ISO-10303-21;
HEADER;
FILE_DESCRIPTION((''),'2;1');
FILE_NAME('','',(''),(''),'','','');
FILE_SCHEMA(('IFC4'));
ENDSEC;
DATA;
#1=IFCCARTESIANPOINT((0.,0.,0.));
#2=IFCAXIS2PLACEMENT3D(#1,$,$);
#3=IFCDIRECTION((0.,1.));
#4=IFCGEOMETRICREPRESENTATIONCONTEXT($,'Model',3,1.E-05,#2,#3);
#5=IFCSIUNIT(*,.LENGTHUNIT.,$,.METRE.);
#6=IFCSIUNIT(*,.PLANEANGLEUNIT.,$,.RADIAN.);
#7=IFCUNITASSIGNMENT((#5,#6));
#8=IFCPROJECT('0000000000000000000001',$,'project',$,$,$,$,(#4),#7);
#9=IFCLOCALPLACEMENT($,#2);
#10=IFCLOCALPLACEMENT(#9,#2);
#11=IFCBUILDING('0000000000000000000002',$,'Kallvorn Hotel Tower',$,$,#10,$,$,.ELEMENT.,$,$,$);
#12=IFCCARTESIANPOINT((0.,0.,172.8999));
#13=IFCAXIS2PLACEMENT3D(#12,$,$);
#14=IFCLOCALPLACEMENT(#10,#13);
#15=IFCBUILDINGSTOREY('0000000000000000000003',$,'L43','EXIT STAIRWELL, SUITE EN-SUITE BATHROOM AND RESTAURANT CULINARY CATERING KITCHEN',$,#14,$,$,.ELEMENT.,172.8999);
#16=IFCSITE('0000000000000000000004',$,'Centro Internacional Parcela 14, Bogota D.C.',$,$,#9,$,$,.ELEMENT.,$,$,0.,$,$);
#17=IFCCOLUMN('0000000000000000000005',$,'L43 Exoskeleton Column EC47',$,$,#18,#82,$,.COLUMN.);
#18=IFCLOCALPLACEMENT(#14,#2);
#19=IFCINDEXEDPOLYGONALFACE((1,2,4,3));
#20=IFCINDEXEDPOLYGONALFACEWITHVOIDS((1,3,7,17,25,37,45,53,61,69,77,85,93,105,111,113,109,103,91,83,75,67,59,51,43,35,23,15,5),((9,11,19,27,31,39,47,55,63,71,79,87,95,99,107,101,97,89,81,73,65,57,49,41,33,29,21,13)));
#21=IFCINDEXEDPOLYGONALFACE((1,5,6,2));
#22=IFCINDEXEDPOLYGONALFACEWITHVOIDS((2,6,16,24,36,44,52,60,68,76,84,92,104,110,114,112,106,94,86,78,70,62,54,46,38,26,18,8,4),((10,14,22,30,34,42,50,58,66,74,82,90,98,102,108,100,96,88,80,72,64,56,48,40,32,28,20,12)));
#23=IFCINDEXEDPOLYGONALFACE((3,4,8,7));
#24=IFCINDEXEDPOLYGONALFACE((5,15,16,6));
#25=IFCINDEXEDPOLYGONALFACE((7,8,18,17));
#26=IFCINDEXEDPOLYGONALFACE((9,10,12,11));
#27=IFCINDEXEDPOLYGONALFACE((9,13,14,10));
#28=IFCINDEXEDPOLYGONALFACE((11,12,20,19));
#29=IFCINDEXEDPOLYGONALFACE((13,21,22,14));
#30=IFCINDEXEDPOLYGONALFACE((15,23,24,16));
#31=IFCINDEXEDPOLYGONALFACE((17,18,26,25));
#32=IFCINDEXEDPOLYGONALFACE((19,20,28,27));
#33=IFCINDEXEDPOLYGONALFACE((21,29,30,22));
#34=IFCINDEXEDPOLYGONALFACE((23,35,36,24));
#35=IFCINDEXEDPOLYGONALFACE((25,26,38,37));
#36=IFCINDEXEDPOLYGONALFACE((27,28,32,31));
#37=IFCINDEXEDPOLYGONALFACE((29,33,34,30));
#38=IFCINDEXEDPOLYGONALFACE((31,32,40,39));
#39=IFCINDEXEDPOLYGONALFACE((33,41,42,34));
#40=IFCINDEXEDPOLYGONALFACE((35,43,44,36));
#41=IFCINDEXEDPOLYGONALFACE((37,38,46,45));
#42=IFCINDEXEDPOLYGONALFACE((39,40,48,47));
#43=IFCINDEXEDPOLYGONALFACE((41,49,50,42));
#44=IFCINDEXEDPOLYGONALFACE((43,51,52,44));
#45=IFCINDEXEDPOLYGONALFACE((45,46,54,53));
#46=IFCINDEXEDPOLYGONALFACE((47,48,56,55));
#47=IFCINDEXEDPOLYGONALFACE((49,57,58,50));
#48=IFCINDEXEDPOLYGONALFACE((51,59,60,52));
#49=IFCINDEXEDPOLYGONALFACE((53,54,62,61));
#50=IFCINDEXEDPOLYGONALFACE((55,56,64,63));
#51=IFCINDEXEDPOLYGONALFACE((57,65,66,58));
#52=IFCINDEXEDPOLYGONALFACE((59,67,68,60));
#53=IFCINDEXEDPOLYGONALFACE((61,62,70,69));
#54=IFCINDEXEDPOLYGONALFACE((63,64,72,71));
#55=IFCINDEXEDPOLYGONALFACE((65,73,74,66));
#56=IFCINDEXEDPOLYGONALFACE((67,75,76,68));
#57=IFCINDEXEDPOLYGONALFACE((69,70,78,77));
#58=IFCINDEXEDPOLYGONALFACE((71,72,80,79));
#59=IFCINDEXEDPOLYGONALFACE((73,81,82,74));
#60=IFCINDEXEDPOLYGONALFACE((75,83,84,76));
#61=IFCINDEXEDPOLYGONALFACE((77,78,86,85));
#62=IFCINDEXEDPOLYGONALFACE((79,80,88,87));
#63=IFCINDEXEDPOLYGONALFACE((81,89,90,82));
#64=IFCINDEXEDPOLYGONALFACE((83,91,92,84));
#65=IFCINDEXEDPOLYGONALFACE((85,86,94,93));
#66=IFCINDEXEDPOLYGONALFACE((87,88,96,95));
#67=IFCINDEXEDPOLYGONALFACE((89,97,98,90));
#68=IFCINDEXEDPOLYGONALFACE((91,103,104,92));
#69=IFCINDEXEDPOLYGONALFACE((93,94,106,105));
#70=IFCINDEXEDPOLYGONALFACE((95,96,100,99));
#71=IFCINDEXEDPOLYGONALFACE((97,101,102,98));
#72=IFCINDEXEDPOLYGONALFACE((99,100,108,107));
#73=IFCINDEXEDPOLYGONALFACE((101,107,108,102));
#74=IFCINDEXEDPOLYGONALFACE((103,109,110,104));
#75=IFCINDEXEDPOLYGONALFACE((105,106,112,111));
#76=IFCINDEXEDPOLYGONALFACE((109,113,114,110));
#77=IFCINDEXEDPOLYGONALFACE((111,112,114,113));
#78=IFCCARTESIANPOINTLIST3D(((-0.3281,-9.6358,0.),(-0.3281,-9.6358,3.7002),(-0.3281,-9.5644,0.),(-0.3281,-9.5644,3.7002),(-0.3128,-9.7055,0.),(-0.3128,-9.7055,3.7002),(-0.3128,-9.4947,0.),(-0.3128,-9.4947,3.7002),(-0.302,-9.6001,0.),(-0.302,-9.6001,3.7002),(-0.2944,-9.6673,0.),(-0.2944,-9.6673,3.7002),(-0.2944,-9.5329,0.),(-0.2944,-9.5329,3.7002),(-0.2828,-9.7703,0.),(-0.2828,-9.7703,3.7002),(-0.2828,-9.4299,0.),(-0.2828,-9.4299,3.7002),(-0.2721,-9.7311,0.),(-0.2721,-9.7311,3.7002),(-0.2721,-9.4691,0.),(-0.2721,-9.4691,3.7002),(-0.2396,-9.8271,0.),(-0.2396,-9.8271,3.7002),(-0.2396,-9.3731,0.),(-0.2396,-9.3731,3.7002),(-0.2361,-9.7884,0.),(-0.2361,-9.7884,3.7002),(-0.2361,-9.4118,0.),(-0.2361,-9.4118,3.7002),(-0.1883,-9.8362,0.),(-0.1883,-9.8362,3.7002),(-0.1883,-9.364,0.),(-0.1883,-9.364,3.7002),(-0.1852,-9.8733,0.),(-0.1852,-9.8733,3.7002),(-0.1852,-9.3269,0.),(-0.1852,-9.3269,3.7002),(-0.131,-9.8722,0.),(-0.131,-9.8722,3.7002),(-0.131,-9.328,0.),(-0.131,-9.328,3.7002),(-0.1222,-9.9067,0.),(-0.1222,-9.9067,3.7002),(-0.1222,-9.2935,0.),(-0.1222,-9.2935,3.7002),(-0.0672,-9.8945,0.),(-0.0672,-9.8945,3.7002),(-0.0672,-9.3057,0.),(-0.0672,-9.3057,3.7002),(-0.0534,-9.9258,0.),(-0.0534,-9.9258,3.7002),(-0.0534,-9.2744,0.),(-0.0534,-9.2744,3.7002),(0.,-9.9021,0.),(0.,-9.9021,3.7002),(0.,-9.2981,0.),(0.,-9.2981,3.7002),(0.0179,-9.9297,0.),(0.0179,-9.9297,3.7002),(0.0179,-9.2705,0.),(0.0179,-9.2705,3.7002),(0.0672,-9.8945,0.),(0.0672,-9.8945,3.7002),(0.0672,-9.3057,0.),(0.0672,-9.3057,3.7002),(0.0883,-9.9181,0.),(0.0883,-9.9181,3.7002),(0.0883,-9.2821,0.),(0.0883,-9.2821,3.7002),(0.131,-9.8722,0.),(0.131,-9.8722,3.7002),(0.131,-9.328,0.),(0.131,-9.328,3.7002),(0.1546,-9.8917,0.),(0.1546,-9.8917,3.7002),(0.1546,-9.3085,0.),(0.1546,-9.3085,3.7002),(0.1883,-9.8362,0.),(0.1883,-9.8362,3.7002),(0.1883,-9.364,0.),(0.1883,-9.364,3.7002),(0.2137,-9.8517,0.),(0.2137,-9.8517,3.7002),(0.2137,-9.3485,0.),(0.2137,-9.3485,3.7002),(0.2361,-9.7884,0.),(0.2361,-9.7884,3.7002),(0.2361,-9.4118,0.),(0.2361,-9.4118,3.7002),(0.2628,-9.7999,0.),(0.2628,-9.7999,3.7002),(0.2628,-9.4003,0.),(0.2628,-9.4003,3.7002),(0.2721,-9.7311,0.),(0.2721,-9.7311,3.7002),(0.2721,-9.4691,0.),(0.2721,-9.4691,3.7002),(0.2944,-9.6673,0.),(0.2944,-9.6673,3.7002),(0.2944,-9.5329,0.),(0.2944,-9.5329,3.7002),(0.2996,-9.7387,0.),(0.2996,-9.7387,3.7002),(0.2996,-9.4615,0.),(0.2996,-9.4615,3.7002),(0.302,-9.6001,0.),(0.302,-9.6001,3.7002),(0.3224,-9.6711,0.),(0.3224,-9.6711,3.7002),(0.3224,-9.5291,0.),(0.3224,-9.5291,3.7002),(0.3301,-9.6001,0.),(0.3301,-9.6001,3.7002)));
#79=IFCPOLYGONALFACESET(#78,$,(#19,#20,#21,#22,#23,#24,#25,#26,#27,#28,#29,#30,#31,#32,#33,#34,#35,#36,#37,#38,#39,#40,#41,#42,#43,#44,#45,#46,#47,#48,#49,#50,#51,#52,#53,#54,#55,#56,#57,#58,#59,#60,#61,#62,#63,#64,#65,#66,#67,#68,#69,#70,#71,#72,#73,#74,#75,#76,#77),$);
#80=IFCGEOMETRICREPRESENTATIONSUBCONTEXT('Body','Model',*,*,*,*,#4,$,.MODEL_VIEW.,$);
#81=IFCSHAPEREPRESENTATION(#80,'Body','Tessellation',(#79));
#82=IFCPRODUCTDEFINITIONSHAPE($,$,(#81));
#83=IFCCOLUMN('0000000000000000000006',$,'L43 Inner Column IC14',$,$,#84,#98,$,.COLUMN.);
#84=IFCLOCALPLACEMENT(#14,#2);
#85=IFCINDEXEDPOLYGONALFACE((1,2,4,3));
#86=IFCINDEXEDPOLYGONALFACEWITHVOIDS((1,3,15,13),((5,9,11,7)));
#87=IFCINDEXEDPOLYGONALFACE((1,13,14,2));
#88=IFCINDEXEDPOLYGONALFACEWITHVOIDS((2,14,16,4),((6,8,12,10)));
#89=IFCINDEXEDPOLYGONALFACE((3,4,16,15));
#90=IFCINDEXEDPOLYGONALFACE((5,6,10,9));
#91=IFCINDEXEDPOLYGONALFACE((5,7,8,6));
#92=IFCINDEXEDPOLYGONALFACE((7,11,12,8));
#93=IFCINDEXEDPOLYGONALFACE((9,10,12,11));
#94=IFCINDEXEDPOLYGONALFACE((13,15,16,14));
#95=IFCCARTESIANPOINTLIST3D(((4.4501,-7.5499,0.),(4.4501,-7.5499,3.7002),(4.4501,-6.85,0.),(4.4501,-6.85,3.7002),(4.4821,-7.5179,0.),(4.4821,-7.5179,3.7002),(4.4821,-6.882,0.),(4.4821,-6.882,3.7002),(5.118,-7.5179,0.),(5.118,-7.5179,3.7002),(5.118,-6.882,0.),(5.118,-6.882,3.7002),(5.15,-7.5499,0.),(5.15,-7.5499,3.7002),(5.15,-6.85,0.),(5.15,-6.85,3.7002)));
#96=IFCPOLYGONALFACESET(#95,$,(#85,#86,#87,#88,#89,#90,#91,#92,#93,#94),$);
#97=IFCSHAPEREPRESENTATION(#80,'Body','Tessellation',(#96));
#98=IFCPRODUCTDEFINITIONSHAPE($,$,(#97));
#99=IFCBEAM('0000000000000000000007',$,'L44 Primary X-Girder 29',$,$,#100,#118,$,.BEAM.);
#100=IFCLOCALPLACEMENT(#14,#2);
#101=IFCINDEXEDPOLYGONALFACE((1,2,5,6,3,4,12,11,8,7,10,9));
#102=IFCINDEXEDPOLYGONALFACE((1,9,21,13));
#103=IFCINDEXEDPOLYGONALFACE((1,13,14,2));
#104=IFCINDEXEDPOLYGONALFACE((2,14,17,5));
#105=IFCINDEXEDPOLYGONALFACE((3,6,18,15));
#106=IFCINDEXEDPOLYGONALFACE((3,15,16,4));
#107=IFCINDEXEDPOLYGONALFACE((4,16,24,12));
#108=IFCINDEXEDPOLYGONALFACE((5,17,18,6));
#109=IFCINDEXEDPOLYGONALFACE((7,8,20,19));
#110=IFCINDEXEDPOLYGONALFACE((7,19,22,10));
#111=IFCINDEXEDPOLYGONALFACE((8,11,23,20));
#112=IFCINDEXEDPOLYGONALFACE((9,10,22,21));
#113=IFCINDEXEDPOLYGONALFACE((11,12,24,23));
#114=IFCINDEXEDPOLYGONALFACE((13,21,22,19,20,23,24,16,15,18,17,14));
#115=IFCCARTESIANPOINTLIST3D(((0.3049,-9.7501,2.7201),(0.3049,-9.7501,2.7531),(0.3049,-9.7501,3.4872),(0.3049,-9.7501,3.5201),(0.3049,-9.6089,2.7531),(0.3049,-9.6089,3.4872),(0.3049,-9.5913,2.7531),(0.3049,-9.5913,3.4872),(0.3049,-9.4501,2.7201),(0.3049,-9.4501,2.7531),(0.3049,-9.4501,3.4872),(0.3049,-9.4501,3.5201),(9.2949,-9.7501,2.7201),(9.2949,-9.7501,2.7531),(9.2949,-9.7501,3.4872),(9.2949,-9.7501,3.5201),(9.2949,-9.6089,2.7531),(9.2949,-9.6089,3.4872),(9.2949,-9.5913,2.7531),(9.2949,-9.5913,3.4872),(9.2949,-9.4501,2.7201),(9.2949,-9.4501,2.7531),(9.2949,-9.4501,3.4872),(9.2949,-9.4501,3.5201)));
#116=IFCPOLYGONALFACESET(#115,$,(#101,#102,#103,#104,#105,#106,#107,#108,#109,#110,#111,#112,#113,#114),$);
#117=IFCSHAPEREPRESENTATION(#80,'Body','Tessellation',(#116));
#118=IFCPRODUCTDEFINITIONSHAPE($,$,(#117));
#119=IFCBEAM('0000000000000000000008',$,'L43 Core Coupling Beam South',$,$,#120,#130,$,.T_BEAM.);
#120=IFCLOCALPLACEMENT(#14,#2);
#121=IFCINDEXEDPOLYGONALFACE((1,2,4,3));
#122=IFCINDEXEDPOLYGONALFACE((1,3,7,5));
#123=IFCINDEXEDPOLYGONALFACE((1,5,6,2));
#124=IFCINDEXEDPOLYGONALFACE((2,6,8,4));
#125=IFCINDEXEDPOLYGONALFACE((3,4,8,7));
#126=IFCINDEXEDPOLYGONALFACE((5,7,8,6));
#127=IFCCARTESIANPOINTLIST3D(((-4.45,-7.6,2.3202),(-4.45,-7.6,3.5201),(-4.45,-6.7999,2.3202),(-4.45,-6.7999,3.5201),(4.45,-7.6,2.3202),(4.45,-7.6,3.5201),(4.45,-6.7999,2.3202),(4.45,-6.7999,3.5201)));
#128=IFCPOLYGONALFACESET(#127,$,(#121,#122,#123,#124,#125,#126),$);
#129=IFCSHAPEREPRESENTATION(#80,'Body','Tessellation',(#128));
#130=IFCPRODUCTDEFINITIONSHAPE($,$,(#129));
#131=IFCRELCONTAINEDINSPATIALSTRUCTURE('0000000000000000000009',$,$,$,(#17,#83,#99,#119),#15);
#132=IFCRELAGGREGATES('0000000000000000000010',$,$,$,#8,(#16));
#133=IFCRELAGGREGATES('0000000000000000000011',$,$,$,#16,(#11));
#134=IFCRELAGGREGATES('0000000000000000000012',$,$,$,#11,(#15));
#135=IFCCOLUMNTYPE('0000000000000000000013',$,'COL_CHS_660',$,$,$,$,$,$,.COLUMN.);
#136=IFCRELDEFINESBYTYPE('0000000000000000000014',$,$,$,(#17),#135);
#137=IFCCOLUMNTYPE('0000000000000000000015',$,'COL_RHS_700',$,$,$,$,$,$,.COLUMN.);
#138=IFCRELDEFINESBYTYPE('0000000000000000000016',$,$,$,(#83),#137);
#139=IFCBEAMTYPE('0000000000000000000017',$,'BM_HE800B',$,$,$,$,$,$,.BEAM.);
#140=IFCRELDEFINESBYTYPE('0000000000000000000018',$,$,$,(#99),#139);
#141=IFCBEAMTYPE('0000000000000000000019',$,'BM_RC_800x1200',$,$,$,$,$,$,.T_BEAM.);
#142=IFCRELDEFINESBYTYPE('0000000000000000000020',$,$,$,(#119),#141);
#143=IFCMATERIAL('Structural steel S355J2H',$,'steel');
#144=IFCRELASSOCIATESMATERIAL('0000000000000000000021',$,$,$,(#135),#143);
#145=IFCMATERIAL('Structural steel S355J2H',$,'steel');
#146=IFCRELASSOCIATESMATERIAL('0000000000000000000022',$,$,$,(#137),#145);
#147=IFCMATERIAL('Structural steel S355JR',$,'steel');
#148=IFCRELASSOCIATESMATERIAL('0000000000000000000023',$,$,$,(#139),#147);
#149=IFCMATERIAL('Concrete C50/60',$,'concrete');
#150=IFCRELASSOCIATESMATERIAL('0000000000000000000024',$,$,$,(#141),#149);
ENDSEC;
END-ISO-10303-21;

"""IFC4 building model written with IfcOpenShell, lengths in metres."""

from ifc_helpers import new_model, si_unit, direction, frame, origin, origin_2d, place, context, subcontext, project, spatial, rectangle, hollow_rectangle, hollow_circle, i_section, extrude, material, material_profile, profile_set, type_object, element, save


model = new_model("IFC4")

# Units and contexts
model_context = context("Model", 3, precision=1e-05, world=origin(), true_north=direction((0.0, 1.0)))
body_context = subcontext(model_context, "Body", "Model", "MODEL_VIEW")
ifc_project = project(units=[si_unit("LENGTHUNIT", "METRE"), si_unit("PLANEANGLEUNIT", "RADIAN")], contexts=[model_context])

# Site, building, storey
site_placement = place(None, origin())
site = spatial("IfcSite", under=ifc_project, at=site_placement, Name="Centro Internacional Parcela 14, Bogota D.C.", CompositionType="ELEMENT", RefElevation=0.0)
building_placement = place(site_placement, origin())
building = spatial("IfcBuilding", under=site, at=building_placement, Name="Kallvorn Hotel Tower", CompositionType="ELEMENT")
storey_placement = place(building_placement, frame((0.0, 0.0, 172.8999)))
storey = spatial("IfcBuildingStorey", under=building, at=storey_placement, Name="L43", Description="EXIT STAIRWELL, SUITE EN-SUITE BATHROOM AND RESTAURANT CULINARY CATERING KITCHEN", CompositionType="ELEMENT", Elevation=172.8999)

# Columns
ifc_material_1 = material(Name="Structural steel S355J2H", Category="steel")
ifc_material_profile_1 = material_profile(ifc_material_1, hollow_circle(Radius=0.3301, WallThickness=0.0281, at=origin_2d()), Name="CHS 660x28")
ifc_profile_set_1 = profile_set([ifc_material_profile_1], Name="Structural steel S355J2H")
column_type_1 = type_object("IfcColumnType", Name="COL_CHS_660", PredefinedType="COLUMN", material=ifc_profile_set_1)
column_1_placement = place(storey_placement, frame((0.0, -9.6001, 0.0), z_axis=(0.0, 0.0, 1.0), x_axis=(1.0, 0.0, 0.0)))
element("IfcColumn", 1, at=column_1_placement, inside=storey, type_object=column_type_1, Name="L43 Exoskeleton Column EC47", PredefinedType="COLUMN", context=body_context, shape_type="SweptSolid", body=[
    extrude(hollow_circle(Radius=0.3301, WallThickness=0.0281, at=origin_2d()), origin(), (0.0, 0.0, 1.0), 3.7002),
])
ifc_material_2 = material(Name="Structural steel S355J2H", Category="steel")
ifc_material_profile_2 = material_profile(ifc_material_2, hollow_rectangle(XDim=0.7, YDim=0.7, WallThickness=0.032, at=origin_2d()), Name="RHS 700x700x32")
ifc_profile_set_2 = profile_set([ifc_material_profile_2], Name="Structural steel S355J2H")
column_type_2 = type_object("IfcColumnType", Name="COL_RHS_700", PredefinedType="COLUMN", material=ifc_profile_set_2)
column_2_placement = place(storey_placement, frame((4.8, -7.2, 0.0), z_axis=(0.0, 0.0, 1.0), x_axis=(1.0, 0.0, 0.0)))
element("IfcColumn", 2, at=column_2_placement, inside=storey, type_object=column_type_2, Name="L43 Inner Column IC14", PredefinedType="COLUMN", context=body_context, shape_type="SweptSolid", body=[
    extrude(hollow_rectangle(XDim=0.7, YDim=0.7, WallThickness=0.032, at=origin_2d()), origin(), (0.0, 0.0, 1.0), 3.7002),
])

# Beams
ifc_material_3 = material(Name="Structural steel S355JR", Category="steel")
ifc_material_profile_3 = material_profile(ifc_material_3, i_section(OverallWidth=0.3, OverallDepth=0.8, WebThickness=0.0176, FlangeThickness=0.033, at=origin_2d()), Name="HE 800 B")
ifc_profile_set_3 = profile_set([ifc_material_profile_3], Name="Structural steel S355JR")
beam_type_1 = type_object("IfcBeamType", Name="BM_HE800B", PredefinedType="BEAM", material=ifc_profile_set_3)
beam_1_placement = place(storey_placement, frame((0.3049, -9.6001, 3.1201), z_axis=(1.0, 0.0, 0.0), x_axis=(0.0, 1.0, 0.0)))
element("IfcBeam", 3, at=beam_1_placement, inside=storey, type_object=beam_type_1, Name="L44 Primary X-Girder 29", PredefinedType="BEAM", context=body_context, shape_type="SweptSolid", body=[
    extrude(i_section(OverallWidth=0.3, OverallDepth=0.8, WebThickness=0.0176, FlangeThickness=0.033, at=origin_2d()), origin(), (0.0, 0.0, 1.0), 8.99),
])
ifc_material_4 = material(Name="Concrete C50/60", Category="concrete")
ifc_material_profile_4 = material_profile(ifc_material_4, rectangle(XDim=0.8, YDim=1.2, at=origin_2d()), Name="RC 800x1200")
ifc_profile_set_4 = profile_set([ifc_material_profile_4], Name="Concrete C50/60")
beam_type_2 = type_object("IfcBeamType", Name="BM_RC_800x1200", PredefinedType="T_BEAM", material=ifc_profile_set_4)
beam_2_placement = place(storey_placement, frame((-4.45, -7.2, 2.9202), z_axis=(1.0, 0.0, 0.0), x_axis=(0.0, 1.0, 0.0)))
element("IfcBeam", 4, at=beam_2_placement, inside=storey, type_object=beam_type_2, Name="L43 Core Coupling Beam South", PredefinedType="T_BEAM", context=body_context, shape_type="SweptSolid", body=[
    extrude(rectangle(XDim=0.8, YDim=1.2, at=origin_2d()), origin(), (0.0, 0.0, 1.0), 8.8999),
])

save(model, "model.ifc")
